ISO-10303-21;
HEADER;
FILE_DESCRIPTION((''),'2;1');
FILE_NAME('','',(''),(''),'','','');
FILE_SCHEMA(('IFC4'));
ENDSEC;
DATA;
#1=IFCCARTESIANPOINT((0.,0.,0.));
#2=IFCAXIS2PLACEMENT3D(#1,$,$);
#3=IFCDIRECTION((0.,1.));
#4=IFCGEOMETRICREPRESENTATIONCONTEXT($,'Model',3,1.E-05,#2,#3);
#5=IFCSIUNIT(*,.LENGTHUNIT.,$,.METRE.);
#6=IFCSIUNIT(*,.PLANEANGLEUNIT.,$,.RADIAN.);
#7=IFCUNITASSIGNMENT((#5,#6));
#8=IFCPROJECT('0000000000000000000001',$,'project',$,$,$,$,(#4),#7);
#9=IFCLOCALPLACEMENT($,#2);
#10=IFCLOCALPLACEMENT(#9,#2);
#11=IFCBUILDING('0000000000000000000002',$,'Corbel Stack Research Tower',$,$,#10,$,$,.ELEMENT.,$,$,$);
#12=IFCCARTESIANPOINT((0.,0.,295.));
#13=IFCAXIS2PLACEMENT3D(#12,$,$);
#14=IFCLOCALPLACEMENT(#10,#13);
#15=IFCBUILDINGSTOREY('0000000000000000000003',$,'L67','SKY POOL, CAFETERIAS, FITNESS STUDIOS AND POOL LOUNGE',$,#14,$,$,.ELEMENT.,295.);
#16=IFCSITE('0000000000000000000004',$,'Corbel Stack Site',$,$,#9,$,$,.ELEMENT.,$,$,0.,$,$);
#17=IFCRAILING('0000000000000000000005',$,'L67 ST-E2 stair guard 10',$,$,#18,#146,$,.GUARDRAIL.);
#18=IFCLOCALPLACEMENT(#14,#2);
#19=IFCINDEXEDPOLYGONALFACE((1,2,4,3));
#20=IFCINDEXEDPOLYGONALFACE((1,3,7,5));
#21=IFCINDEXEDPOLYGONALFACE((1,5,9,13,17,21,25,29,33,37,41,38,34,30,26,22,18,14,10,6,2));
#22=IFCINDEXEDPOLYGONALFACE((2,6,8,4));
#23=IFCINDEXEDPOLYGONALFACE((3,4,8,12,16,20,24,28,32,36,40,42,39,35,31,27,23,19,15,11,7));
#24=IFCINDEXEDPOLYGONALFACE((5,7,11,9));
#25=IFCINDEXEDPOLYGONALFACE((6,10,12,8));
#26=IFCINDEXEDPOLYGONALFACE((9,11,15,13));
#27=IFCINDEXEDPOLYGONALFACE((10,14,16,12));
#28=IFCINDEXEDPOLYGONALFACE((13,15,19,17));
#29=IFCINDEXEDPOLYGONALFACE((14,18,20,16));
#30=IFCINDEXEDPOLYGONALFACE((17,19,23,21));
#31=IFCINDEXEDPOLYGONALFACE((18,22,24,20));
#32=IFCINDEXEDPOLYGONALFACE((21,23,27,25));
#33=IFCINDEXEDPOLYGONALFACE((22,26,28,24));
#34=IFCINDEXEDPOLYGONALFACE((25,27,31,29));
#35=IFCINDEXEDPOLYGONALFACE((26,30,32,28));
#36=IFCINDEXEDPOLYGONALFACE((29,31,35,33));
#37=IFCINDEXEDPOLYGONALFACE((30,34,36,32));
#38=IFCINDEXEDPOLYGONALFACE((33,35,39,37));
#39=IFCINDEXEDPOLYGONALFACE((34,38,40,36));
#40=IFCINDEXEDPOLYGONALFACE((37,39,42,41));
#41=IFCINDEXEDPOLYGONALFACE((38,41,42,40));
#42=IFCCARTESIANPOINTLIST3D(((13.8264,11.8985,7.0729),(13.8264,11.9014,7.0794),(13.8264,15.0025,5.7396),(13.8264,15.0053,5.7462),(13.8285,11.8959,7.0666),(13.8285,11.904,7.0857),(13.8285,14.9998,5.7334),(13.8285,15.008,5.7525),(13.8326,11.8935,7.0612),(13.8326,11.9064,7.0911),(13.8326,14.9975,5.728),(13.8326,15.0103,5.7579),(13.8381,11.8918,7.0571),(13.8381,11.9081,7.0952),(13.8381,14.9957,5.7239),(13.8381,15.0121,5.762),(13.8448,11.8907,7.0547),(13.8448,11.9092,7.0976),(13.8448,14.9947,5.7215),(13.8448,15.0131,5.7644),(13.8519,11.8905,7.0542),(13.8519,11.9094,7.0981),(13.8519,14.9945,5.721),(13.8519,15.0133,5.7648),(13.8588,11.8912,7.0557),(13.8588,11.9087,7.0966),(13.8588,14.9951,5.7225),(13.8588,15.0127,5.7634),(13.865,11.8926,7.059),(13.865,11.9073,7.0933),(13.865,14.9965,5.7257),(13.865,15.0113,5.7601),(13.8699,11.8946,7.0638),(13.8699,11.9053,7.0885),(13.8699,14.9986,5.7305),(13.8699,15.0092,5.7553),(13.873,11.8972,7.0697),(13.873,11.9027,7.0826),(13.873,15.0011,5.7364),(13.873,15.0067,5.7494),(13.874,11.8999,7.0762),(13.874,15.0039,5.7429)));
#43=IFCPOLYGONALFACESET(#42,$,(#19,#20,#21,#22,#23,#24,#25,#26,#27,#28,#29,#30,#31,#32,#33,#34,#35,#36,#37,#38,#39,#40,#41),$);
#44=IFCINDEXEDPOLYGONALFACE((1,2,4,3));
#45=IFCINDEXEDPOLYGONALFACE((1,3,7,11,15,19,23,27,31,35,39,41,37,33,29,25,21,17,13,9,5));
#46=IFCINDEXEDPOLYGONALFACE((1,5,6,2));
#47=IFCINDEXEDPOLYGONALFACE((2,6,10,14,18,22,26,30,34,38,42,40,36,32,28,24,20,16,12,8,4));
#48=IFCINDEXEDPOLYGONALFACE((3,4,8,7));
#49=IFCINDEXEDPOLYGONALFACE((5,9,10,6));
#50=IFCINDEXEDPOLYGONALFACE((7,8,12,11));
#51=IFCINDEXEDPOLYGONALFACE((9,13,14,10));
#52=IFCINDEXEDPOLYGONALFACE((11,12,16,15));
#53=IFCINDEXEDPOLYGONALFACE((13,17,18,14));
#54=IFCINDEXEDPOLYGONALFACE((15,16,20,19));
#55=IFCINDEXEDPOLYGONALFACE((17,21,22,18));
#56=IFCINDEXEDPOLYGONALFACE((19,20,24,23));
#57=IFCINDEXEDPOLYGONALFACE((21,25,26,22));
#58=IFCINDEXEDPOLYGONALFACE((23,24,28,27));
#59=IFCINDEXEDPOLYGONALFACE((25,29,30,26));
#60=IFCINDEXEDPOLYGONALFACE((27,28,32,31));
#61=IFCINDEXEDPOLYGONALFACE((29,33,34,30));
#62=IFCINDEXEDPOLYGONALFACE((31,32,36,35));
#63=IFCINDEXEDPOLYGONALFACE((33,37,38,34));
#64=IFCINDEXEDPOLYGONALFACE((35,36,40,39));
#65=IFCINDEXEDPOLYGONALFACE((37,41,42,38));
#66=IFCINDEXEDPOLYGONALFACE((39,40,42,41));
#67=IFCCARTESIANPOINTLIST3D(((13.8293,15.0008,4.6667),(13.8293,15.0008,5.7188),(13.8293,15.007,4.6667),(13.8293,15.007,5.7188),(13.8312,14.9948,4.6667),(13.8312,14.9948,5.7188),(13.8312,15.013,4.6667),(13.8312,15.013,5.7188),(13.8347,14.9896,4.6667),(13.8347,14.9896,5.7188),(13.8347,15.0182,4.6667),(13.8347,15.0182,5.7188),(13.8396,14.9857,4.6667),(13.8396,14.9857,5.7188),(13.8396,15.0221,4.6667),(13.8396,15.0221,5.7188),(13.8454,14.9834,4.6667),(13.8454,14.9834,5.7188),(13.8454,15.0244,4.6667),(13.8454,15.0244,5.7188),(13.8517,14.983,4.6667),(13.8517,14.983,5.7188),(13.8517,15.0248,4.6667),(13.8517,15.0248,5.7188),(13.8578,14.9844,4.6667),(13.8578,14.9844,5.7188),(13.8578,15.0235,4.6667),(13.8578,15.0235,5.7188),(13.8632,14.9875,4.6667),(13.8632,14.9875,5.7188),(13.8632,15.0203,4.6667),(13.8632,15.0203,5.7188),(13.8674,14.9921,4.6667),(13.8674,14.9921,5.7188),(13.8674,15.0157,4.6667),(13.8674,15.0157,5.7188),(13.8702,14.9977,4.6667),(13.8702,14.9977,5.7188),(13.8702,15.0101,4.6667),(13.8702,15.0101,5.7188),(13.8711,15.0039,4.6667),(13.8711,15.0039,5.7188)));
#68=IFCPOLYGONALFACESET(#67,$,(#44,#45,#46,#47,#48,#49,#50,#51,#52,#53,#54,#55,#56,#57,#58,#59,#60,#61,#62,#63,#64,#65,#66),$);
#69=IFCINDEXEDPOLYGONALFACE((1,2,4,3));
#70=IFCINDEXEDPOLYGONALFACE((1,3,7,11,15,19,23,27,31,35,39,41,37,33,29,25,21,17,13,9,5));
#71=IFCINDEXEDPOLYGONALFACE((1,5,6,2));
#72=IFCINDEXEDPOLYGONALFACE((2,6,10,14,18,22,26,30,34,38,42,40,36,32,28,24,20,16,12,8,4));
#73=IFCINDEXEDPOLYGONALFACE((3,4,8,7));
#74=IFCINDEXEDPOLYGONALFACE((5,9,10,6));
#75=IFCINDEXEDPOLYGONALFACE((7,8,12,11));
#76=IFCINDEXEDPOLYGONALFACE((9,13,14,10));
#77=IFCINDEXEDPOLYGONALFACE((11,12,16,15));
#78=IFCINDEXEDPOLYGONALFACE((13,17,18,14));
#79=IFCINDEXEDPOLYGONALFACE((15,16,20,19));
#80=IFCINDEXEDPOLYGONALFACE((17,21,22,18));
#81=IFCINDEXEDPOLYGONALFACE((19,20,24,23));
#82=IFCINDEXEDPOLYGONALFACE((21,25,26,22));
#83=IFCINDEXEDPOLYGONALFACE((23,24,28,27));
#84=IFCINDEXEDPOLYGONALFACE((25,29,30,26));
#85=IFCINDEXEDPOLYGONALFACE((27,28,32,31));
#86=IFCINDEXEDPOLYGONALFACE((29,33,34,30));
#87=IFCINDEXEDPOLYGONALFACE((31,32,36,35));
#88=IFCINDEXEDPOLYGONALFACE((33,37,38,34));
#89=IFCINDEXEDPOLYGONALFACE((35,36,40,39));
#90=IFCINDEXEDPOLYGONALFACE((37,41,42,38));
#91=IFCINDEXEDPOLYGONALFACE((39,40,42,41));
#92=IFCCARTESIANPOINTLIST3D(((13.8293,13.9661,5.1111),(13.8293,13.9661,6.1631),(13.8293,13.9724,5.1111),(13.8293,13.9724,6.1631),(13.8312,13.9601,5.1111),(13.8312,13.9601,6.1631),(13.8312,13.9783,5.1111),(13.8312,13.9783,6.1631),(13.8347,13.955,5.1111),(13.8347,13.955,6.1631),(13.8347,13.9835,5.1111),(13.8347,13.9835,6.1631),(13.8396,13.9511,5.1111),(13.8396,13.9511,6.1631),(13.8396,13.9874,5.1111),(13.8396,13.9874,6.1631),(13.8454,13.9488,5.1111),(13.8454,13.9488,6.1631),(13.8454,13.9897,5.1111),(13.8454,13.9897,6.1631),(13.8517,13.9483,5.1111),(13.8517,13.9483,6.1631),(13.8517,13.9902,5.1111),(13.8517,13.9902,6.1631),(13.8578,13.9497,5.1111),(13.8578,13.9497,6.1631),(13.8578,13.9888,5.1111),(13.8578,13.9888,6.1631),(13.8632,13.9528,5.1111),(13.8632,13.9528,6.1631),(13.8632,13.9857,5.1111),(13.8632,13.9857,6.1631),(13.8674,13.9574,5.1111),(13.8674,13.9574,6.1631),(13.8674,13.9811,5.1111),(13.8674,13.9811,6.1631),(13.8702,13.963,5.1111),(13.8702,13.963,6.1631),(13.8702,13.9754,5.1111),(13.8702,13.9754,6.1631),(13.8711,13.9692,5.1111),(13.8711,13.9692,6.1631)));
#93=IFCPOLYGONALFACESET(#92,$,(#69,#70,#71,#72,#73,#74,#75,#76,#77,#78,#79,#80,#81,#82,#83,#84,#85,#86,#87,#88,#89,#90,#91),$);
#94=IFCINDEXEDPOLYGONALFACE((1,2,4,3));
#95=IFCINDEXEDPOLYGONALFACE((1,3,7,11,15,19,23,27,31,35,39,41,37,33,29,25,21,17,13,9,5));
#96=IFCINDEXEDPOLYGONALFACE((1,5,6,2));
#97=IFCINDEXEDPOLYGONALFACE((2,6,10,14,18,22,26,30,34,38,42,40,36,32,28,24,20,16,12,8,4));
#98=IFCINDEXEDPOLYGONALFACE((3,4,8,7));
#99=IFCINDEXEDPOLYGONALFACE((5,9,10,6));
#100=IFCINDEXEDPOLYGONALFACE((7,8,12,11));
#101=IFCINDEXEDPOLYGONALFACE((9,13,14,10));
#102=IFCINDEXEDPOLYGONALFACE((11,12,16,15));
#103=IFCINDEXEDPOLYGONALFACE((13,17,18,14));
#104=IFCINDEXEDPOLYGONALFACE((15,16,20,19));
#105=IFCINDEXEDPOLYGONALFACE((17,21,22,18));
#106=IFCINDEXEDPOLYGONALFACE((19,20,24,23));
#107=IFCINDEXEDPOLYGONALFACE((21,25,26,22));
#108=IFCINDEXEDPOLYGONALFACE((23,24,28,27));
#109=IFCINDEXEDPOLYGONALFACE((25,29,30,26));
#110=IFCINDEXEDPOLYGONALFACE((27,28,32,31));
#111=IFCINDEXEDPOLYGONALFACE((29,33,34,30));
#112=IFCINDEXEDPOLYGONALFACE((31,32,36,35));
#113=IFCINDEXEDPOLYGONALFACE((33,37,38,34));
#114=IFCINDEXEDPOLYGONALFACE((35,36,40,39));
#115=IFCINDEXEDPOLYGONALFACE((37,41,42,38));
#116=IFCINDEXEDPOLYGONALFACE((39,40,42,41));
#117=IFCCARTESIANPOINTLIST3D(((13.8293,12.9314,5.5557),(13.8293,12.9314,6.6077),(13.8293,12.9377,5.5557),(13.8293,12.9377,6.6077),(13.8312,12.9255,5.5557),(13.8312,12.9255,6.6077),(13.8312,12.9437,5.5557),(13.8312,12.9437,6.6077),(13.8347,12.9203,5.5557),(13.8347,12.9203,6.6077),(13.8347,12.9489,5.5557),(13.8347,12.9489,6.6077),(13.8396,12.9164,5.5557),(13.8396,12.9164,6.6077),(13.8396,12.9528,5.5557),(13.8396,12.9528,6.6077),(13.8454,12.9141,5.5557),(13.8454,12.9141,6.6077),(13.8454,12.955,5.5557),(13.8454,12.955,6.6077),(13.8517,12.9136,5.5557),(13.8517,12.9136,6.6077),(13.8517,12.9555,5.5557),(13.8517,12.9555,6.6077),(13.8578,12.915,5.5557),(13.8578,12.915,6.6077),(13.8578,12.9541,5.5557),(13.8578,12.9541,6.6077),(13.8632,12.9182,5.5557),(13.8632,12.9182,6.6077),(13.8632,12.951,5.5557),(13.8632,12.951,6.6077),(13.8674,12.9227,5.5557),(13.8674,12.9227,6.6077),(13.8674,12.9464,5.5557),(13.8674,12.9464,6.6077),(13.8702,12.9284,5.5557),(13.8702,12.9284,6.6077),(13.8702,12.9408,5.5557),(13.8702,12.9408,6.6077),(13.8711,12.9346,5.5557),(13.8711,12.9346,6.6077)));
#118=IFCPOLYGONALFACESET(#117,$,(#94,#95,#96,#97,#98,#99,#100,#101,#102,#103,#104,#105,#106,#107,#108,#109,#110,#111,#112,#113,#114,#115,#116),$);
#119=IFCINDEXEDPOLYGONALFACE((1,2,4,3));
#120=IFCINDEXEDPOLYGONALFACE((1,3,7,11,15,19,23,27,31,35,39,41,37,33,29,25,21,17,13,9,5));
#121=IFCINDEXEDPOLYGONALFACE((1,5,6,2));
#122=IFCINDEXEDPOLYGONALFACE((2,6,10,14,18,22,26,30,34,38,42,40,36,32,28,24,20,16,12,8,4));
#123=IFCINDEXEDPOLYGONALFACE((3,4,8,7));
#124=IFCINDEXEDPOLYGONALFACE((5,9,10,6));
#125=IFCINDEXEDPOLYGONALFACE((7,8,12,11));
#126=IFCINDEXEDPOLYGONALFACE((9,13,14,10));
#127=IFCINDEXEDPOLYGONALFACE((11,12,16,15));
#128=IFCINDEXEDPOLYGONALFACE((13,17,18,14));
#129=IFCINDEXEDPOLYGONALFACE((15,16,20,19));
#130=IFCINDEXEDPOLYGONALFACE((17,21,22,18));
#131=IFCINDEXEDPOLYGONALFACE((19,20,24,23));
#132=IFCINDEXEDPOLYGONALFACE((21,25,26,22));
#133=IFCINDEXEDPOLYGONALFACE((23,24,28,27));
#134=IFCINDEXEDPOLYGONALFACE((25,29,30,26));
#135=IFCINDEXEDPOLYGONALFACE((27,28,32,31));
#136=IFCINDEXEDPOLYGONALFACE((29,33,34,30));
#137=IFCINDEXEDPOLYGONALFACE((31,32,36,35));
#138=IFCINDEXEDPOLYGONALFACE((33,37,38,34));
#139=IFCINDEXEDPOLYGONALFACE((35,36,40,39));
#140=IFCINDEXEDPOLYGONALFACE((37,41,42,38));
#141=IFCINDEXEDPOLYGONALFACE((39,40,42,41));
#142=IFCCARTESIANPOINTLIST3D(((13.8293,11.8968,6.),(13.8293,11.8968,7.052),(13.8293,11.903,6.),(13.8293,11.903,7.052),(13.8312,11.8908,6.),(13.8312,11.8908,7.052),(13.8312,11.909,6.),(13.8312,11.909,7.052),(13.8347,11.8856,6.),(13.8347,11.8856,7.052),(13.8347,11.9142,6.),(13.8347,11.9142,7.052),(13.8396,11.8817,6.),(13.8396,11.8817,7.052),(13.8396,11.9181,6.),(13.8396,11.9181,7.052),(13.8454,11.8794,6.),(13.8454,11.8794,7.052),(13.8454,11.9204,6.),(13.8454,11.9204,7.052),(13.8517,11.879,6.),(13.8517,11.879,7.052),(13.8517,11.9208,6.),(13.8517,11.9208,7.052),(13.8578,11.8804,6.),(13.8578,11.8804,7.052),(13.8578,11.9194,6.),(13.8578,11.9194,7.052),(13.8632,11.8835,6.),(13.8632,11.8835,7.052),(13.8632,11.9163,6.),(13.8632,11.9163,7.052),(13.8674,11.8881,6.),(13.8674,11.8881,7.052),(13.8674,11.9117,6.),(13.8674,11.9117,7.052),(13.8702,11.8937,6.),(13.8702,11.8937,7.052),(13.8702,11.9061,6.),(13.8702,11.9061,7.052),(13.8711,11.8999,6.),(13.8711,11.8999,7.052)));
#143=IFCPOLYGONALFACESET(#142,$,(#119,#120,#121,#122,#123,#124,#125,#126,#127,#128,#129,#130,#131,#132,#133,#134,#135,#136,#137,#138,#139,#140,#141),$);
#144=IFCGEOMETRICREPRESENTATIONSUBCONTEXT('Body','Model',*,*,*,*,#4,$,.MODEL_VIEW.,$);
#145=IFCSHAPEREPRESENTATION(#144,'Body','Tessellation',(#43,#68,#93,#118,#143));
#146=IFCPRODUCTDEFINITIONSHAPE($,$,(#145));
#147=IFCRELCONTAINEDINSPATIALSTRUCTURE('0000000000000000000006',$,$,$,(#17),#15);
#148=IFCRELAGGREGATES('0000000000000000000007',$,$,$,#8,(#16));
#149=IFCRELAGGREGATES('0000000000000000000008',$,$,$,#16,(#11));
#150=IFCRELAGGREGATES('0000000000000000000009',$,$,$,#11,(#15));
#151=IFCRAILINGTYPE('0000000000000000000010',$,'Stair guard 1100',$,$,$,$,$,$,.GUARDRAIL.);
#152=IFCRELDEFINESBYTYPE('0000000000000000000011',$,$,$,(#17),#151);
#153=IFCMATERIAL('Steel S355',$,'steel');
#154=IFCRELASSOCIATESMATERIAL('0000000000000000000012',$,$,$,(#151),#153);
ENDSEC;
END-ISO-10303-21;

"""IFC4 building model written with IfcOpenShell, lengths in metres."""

from ifc_helpers import new_model, si_unit, direction, frame, origin, origin_2d, place, context, subcontext, project, spatial, circle, extrude, material, type_object, element, save


model = new_model("IFC4")

# Units and contexts
model_context = context("Model", 3, precision=1e-05, world=origin(), true_north=direction((0.0, 1.0)))
body_context = subcontext(model_context, "Body", "Model", "MODEL_VIEW")
ifc_project = project(units=[si_unit("LENGTHUNIT", "METRE"), si_unit("PLANEANGLEUNIT", "RADIAN")], contexts=[model_context])

# Site, building, storey
site_placement = place(None, origin())
site = spatial("IfcSite", under=ifc_project, at=site_placement, Name="Corbel Stack Site", CompositionType="ELEMENT", RefElevation=0.0)
building_placement = place(site_placement, origin())
building = spatial("IfcBuilding", under=site, at=building_placement, Name="Corbel Stack Research Tower", CompositionType="ELEMENT")
storey_placement = place(building_placement, frame((0.0, 0.0, 295.0)))
storey = spatial("IfcBuildingStorey", under=building, at=storey_placement, Name="L67", Description="SKY POOL, CAFETERIAS, FITNESS STUDIOS AND POOL LOUNGE", CompositionType="ELEMENT", Elevation=295.0)

# Railing
ifc_material_1 = material(Name="Steel S355", Category="steel")
railing_type_1 = type_object("IfcRailingType", Name="Stair guard 1100", PredefinedType="GUARDRAIL", material=ifc_material_1)
railing_1_placement = place(storey_placement, frame((13.8501, 15.0039, 4.6667)))
element("IfcRailing", 1, at=railing_1_placement, inside=storey, type_object=railing_type_1, Name="L67 ST-E2 stair guard 10", PredefinedType="GUARDRAIL", context=body_context, shape_type="SweptSolid", body=[
    extrude(circle(Radius=0.0239, at=origin_2d()), frame((0.0, 0.0, 1.0762), z_axis=(0.0, -0.918827, 0.394661), x_axis=(1.0, 0.0, 0.0)), (0.0, 0.0, 1.0), 3.3782),
    extrude(circle(Radius=0.021, at=origin_2d()), origin(), (0.0, 0.0, 1.0), 1.052),
    extrude(circle(Radius=0.021, at=origin_2d()), frame((0.0, -1.0347, 0.4443)), (0.0, 0.0, 1.0), 1.052),
    extrude(circle(Radius=0.021, at=origin_2d()), frame((0.0, -2.0693, 0.8889)), (0.0, 0.0, 1.0), 1.052),
    extrude(circle(Radius=0.021, at=origin_2d()), frame((0.0, -3.104, 1.3333)), (0.0, 0.0, 1.0), 1.052),
])

save(model, "model.ifc")
